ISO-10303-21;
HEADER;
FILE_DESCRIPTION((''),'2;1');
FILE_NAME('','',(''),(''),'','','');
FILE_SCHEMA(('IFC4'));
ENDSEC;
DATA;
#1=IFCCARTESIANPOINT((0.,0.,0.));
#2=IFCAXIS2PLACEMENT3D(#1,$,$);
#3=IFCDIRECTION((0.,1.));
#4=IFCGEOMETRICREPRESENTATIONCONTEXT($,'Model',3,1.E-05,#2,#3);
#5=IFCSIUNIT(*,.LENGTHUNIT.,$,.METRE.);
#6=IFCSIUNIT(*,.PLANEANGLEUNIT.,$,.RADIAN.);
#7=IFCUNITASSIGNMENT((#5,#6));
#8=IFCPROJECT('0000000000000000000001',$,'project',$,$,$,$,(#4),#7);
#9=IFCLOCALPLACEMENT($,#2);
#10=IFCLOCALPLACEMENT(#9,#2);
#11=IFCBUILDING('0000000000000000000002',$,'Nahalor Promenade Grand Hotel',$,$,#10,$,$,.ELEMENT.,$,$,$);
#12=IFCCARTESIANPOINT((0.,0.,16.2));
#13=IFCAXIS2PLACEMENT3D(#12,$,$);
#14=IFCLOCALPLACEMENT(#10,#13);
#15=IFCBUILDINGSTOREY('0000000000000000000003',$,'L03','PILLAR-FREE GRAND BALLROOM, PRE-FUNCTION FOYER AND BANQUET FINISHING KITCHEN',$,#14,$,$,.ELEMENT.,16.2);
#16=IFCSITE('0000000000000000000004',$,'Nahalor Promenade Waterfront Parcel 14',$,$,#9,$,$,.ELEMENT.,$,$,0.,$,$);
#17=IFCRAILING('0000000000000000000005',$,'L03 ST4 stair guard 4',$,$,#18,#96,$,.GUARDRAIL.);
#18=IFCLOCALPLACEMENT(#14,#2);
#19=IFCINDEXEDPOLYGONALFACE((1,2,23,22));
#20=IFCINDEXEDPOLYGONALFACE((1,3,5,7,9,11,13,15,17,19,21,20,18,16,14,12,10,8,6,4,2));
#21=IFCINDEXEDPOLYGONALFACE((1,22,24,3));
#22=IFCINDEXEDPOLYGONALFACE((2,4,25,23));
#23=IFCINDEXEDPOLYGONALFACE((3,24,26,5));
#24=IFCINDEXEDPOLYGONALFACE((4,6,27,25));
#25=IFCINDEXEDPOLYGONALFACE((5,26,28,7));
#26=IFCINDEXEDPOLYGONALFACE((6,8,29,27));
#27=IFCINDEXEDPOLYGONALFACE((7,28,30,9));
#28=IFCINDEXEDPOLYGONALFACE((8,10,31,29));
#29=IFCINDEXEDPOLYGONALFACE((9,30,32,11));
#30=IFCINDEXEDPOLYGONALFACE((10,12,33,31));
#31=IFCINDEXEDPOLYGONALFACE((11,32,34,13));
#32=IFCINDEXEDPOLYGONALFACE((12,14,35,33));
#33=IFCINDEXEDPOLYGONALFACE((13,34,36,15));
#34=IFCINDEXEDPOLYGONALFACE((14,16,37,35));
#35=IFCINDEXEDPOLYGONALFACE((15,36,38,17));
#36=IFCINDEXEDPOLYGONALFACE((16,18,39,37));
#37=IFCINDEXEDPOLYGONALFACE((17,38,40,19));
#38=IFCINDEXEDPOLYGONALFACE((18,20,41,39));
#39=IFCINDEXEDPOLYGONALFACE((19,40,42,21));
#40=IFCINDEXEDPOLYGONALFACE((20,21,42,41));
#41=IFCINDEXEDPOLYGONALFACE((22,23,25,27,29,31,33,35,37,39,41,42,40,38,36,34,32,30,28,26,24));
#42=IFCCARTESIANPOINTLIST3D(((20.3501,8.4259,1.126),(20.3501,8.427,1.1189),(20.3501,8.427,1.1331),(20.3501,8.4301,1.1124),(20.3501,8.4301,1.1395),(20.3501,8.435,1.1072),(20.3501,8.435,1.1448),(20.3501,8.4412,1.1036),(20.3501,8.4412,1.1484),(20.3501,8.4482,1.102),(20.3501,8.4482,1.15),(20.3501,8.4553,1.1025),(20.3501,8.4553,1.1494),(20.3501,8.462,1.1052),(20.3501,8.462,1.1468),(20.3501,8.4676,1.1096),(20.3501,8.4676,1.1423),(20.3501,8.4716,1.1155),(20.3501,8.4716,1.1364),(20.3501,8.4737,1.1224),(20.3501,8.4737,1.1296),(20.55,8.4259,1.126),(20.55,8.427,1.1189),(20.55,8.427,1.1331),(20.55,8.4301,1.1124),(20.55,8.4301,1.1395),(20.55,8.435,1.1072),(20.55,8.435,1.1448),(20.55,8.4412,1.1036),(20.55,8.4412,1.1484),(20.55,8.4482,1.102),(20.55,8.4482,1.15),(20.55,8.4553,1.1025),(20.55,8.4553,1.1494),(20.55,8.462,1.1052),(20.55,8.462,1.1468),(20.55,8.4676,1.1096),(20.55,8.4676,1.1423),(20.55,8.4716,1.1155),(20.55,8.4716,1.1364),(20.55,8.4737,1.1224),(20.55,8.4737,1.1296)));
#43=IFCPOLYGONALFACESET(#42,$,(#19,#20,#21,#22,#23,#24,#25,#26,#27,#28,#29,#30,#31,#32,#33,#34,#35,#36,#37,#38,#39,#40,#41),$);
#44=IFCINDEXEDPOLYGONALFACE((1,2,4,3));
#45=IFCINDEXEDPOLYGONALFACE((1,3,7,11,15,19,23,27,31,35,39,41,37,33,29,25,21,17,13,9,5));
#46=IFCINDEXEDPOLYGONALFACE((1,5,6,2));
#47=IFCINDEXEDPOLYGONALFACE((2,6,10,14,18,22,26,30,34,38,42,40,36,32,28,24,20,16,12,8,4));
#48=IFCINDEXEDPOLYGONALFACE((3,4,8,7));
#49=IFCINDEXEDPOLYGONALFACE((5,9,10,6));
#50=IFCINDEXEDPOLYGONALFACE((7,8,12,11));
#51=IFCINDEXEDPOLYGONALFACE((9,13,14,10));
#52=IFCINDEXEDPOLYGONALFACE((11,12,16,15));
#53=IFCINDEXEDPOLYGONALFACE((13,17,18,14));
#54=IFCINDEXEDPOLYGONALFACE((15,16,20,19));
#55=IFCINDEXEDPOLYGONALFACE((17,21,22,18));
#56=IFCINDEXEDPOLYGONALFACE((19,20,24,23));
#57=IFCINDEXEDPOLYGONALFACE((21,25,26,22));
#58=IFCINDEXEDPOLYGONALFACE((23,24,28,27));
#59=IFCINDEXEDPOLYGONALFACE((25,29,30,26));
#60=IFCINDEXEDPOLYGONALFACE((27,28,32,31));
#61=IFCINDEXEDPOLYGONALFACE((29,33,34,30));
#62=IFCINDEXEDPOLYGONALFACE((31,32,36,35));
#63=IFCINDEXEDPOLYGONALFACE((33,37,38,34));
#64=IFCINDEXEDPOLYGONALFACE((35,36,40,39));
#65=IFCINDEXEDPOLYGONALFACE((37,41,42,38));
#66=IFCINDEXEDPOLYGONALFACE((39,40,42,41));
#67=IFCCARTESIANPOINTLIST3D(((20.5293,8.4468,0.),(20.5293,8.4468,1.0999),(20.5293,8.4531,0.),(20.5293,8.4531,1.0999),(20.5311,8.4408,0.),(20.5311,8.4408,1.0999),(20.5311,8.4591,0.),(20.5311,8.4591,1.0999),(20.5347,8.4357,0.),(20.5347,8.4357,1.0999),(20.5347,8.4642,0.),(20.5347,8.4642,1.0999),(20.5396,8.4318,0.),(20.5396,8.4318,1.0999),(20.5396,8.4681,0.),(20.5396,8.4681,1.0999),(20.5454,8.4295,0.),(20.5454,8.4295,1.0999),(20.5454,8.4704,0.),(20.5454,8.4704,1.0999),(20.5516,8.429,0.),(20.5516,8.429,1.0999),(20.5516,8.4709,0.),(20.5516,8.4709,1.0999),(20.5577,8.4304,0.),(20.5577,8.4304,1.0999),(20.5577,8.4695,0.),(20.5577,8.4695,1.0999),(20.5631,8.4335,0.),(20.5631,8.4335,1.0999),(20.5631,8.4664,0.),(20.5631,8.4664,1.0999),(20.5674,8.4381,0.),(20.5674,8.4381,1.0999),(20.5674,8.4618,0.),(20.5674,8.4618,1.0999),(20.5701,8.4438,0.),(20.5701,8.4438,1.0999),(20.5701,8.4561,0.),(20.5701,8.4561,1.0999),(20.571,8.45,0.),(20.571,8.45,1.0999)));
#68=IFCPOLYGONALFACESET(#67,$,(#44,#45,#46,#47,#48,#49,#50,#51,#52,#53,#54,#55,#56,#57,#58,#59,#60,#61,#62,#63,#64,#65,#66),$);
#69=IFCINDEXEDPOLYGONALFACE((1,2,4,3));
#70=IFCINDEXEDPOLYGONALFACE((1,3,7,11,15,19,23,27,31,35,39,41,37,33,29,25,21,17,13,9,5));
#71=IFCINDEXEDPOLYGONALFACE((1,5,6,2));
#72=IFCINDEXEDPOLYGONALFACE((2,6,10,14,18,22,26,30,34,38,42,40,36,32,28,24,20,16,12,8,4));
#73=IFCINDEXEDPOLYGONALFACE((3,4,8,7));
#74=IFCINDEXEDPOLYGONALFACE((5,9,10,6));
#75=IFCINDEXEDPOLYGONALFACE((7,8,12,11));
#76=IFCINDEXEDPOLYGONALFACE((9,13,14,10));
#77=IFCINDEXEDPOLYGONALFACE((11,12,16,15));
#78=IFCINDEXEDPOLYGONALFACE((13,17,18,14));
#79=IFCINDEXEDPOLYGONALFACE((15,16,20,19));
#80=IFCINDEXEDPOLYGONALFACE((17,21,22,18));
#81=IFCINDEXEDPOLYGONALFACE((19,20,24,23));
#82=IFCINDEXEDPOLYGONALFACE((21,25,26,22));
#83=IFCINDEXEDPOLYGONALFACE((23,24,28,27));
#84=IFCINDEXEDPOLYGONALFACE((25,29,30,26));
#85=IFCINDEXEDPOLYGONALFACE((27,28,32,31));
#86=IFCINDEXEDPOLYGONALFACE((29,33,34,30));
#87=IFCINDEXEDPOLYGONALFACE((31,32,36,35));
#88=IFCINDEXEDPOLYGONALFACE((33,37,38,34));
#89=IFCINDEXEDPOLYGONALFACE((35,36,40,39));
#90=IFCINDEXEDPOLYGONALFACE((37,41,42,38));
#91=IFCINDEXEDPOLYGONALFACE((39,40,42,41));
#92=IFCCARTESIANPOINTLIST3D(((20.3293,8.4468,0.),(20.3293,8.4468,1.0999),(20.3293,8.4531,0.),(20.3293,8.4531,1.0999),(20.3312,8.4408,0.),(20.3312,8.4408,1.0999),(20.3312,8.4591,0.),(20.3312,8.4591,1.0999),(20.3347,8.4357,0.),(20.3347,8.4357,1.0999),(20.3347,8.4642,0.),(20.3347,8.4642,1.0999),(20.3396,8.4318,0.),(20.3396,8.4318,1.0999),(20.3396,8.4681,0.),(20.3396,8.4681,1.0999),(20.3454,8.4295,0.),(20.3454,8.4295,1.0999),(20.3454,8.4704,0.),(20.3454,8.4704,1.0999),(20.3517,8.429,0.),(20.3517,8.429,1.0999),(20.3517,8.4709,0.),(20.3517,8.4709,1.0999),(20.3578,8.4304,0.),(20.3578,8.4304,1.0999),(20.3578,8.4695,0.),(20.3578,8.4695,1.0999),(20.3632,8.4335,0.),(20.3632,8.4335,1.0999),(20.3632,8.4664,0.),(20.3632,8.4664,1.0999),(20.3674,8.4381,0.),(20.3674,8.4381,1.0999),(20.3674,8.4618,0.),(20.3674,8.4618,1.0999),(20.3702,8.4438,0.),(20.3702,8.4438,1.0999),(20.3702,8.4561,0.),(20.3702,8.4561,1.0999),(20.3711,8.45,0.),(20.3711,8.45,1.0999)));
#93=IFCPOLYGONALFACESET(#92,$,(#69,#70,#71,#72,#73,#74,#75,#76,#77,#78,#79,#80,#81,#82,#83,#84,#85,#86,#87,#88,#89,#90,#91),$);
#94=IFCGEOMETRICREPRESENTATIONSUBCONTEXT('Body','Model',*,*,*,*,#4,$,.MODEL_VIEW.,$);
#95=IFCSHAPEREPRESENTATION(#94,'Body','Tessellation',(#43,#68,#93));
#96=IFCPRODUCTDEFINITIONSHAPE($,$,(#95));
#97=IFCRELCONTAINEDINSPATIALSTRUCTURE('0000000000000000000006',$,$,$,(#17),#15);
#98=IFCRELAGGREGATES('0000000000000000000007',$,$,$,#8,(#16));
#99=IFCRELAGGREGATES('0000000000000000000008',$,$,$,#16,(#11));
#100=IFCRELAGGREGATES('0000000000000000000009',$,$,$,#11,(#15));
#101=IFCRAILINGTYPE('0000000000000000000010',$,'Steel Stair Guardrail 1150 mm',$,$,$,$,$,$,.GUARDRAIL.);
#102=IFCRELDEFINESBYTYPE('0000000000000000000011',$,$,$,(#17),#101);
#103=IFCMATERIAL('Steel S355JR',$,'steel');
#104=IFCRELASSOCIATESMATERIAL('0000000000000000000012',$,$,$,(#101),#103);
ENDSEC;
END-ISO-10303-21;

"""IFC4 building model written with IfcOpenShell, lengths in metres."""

from ifc_helpers import new_model, si_unit, direction, frame, origin, origin_2d, place, context, subcontext, project, spatial, circle, extrude, material, type_object, element, save


model = new_model("IFC4")

# Units and contexts
model_context = context("Model", 3, precision=1e-05, world=origin(), true_north=direction((0.0, 1.0)))
body_context = subcontext(model_context, "Body", "Model", "MODEL_VIEW")
ifc_project = project(units=[si_unit("LENGTHUNIT", "METRE"), si_unit("PLANEANGLEUNIT", "RADIAN")], contexts=[model_context])

# Site, building, storey
site_placement = place(None, origin())
site = spatial("IfcSite", under=ifc_project, at=site_placement, Name="Nahalor Promenade Waterfront Parcel 14", CompositionType="ELEMENT", RefElevation=0.0)
building_placement = place(site_placement, origin())
building = spatial("IfcBuilding", under=site, at=building_placement, Name="Nahalor Promenade Grand Hotel", CompositionType="ELEMENT")
storey_placement = place(building_placement, frame((0.0, 0.0, 16.2)))
storey = spatial("IfcBuildingStorey", under=building, at=storey_placement, Name="L03", Description="PILLAR-FREE GRAND BALLROOM, PRE-FUNCTION FOYER AND BANQUET FINISHING KITCHEN", CompositionType="ELEMENT", Elevation=16.2)

# Shared definitions
ifc_material_1 = material(Name="Steel S355JR", Category="steel")

# Railing
railing_type_1 = type_object("IfcRailingType", Name="Steel Stair Guardrail 1150 mm", PredefinedType="GUARDRAIL", material=ifc_material_1)
railing_1_placement = place(storey_placement, frame((20.55, 8.45, 0.0)))
element("IfcRailing", 1, at=railing_1_placement, inside=storey, type_object=railing_type_1, Name="L03 ST4 stair guard 4", PredefinedType="GUARDRAIL", context=body_context, shape_type="SweptSolid", body=[
    extrude(circle(Radius=0.024, at=origin_2d()), frame((0.0, 0.0, 1.126), z_axis=(-1.0, 0.0, 0.0), x_axis=(0.0, -1.0, 0.0)), (0.0, 0.0, 1.0), 0.2),
    extrude(circle(Radius=0.021, at=origin_2d()), origin(), (0.0, 0.0, 1.0), 1.0999),
    extrude(circle(Radius=0.021, at=origin_2d()), frame((-0.2, 0.0, 0.0)), (0.0, 0.0, 1.0), 1.0999),
])

save(model, "model.ifc")
